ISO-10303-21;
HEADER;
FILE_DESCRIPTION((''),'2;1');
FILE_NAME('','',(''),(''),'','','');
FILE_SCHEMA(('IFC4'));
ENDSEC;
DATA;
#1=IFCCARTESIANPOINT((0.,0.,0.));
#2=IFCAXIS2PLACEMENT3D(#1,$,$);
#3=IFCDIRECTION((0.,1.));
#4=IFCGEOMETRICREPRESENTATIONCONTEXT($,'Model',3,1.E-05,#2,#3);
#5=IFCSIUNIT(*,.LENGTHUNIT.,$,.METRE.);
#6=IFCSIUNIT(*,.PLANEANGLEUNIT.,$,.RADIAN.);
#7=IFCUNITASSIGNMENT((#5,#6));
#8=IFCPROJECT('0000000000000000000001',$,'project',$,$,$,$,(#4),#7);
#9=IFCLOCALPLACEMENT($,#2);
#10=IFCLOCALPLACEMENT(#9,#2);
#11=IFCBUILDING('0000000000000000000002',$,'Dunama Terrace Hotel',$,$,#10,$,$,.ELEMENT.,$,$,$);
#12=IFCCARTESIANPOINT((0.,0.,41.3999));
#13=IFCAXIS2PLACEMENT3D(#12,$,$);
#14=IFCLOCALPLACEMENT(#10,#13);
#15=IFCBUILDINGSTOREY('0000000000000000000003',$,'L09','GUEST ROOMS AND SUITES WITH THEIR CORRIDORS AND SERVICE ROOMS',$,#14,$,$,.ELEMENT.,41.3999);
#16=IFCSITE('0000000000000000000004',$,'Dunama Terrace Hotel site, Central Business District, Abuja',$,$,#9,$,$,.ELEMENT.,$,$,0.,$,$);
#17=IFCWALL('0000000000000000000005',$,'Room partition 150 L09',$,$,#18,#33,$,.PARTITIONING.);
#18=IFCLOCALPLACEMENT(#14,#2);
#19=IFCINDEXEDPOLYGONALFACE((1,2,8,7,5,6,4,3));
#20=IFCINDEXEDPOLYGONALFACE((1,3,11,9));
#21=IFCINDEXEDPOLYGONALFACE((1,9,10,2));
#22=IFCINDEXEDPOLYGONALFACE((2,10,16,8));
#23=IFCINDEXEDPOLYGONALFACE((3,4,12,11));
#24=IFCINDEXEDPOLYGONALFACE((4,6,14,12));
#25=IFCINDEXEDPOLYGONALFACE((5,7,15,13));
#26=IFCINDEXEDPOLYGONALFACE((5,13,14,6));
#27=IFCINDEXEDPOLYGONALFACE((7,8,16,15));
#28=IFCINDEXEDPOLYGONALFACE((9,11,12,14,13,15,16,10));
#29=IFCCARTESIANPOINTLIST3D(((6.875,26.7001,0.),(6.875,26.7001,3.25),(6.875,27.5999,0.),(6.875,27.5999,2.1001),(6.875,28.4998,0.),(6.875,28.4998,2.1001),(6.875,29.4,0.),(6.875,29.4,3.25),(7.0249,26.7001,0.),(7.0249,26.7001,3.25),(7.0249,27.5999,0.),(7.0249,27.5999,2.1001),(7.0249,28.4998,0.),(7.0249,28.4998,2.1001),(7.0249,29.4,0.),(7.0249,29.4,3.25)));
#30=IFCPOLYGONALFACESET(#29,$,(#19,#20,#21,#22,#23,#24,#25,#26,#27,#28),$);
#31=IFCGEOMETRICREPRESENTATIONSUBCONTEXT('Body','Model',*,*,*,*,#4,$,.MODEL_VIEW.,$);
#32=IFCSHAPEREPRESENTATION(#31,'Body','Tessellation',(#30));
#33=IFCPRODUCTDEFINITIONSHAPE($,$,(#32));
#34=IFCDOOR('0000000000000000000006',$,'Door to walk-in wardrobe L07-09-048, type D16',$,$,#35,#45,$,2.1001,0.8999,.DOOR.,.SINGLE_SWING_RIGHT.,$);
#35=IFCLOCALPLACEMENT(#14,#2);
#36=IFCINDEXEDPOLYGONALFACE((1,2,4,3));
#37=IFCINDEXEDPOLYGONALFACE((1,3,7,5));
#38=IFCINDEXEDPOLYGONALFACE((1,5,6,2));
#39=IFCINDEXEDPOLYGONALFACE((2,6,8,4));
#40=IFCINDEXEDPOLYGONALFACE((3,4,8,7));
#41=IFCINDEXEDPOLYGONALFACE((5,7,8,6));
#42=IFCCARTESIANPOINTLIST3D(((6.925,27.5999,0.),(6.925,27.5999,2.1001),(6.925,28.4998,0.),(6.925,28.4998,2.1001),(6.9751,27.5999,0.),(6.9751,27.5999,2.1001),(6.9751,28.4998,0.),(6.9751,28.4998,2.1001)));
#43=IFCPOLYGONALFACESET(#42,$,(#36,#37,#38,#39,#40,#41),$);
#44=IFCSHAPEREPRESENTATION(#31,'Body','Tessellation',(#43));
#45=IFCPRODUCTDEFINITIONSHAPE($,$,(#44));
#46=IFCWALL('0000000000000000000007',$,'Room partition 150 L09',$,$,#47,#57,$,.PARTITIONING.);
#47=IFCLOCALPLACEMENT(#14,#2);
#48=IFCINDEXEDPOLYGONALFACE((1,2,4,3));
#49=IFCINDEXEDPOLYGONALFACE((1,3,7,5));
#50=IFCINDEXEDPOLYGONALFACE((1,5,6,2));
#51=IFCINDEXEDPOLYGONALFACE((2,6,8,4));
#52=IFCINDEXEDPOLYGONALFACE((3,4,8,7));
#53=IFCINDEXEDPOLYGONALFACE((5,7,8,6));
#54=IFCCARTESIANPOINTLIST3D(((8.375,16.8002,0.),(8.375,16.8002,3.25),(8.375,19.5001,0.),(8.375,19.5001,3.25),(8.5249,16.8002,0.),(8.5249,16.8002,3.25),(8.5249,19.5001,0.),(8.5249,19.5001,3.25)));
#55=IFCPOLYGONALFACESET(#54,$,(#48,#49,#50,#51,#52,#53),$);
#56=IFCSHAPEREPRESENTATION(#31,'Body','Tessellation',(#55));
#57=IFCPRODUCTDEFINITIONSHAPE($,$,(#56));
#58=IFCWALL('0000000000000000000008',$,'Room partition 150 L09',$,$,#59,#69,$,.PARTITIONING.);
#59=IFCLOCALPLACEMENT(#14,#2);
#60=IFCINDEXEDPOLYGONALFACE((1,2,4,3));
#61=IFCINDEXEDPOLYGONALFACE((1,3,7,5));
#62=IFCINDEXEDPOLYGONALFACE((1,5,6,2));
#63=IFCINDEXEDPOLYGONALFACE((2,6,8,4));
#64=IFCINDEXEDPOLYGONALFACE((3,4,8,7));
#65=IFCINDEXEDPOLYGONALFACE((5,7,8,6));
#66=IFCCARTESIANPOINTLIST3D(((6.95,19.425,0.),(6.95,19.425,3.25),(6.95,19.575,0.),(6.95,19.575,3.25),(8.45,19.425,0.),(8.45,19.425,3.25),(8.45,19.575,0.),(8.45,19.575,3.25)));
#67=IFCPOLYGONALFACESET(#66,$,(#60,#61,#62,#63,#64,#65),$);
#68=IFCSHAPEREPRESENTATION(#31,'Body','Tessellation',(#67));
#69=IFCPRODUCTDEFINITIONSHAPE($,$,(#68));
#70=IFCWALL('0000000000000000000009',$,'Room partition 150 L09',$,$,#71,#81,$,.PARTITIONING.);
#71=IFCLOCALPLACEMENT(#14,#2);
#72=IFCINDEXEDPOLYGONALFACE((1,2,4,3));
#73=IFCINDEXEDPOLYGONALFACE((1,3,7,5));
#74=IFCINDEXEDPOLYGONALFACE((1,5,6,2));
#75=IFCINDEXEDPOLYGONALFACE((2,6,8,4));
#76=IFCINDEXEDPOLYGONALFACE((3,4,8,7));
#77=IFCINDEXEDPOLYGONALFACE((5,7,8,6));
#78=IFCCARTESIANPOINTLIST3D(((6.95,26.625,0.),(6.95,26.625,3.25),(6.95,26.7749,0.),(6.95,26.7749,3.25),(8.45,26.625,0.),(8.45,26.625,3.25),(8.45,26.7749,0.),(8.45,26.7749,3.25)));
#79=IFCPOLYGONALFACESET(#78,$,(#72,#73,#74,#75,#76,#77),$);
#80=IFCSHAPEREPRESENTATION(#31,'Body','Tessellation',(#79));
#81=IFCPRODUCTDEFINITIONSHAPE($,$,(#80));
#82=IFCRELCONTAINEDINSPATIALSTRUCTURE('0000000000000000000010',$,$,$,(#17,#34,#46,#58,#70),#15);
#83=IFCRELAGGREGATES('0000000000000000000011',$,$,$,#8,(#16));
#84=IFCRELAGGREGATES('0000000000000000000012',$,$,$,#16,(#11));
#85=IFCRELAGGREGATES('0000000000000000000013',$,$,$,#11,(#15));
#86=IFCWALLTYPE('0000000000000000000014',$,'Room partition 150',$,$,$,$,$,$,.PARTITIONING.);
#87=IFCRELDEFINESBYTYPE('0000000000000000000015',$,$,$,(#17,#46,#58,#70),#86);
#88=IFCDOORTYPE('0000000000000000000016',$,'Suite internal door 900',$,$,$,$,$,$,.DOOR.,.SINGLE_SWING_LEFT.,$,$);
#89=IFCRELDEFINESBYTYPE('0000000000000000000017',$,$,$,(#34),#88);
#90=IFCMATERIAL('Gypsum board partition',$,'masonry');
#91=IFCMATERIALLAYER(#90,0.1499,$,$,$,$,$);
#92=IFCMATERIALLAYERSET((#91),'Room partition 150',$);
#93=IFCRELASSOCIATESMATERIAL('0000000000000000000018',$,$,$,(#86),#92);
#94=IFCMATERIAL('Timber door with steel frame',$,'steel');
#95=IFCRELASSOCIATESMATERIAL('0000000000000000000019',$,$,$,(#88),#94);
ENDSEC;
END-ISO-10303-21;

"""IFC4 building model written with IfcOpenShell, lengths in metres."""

from ifc_helpers import new_model, si_unit, direction, frame, frame_2d, origin, place, context, subcontext, project, spatial, rectangle, extrude, material, layer, layer_set, type_object, element, fill, save


model = new_model("IFC4")

# Units and contexts
model_context = context("Model", 3, precision=1e-05, world=origin(), true_north=direction((0.0, 1.0)))
body_context = subcontext(model_context, "Body", "Model", "MODEL_VIEW")
ifc_project = project(units=[si_unit("LENGTHUNIT", "METRE"), si_unit("PLANEANGLEUNIT", "RADIAN")], contexts=[model_context])

# Site, building, storey
site_placement = place(None, origin())
site = spatial("IfcSite", under=ifc_project, at=site_placement, Name="Dunama Terrace Hotel site, Central Business District, Abuja", CompositionType="ELEMENT", RefElevation=0.0)
building_placement = place(site_placement, origin())
building = spatial("IfcBuilding", under=site, at=building_placement, Name="Dunama Terrace Hotel", CompositionType="ELEMENT")
storey_placement = place(building_placement, frame((0.0, 0.0, 41.3999)))
storey = spatial("IfcBuildingStorey", under=building, at=storey_placement, Name="L09", Description="GUEST ROOMS AND SUITES WITH THEIR CORRIDORS AND SERVICE ROOMS", CompositionType="ELEMENT", Elevation=41.3999)

# Wall, opening, door
ifc_material_1 = material(Name="Gypsum board partition", Category="masonry")
ifc_layer_1 = layer(ifc_material_1, 0.1499)
ifc_layer_set_1 = layer_set([ifc_layer_1], Name="Room partition 150")
wall_type_1 = type_object("IfcWallType", Name="Room partition 150", PredefinedType="PARTITIONING", material=ifc_layer_set_1)
ifc_material_2 = material(Name="Timber door with steel frame", Category="steel")
door_type_1 = type_object("IfcDoorType", Name="Suite internal door 900", OperationType="SINGLE_SWING_LEFT", PredefinedType="DOOR", material=ifc_material_2)
wall_1_placement = place(storey_placement, frame((6.95, 26.7, 0.0), z_axis=(0.0, 0.0, 1.0), x_axis=(0.0, 1.0, 0.0)))
wall_1 = element("IfcWall", 1, at=wall_1_placement, inside=storey, type_object=wall_type_1, Name="Room partition 150 L09", PredefinedType="PARTITIONING", context=body_context, shape_type="SweptSolid", body=[
    extrude(rectangle(XDim=2.7, YDim=0.1499, at=frame_2d((1.3501, 0.0))), origin(), (0.0, 0.0, 1.0), 3.25),
])
opening_1_placement = place(wall_1_placement, frame((0.8999, 0.0, 0.0)))
opening_1 = element("IfcOpeningElement", 2, at=opening_1_placement, cuts=wall_1, PredefinedType="OPENING", context=body_context, shape_type="SweptSolid", body=[
    extrude(rectangle(XDim=0.8999, YDim=2.1001, at=frame_2d((0.45, 1.05))), frame((0.0, 0.085, 0.0), z_axis=(0.0, -1.0, 0.0), x_axis=(1.0, 0.0, 0.0)), (0.0, 0.0, 1.0), 0.1699),
])
door_1_placement = place(opening_1_placement, frame((0.8999, 0.0, 0.0), z_axis=(0.0, 0.0, 1.0), x_axis=(-1.0, 0.0, 0.0)))
door_1 = element("IfcDoor", 3, at=door_1_placement, inside=storey, type_object=door_type_1, Name="Door to walk-in wardrobe L07-09-048, type D16", OperationType="SINGLE_SWING_RIGHT", OverallHeight=2.1001, OverallWidth=0.8999, PredefinedType="DOOR", context=body_context, shape_type="SweptSolid", body=[
    extrude(rectangle(XDim=0.8999, YDim=2.1001, at=frame_2d((0.45, 1.05))), frame((0.0, 0.0251, 0.0), z_axis=(0.0, -1.0, 0.0), x_axis=(1.0, 0.0, 0.0)), (0.0, 0.0, 1.0), 0.05),
])
fill(opening_1, door_1)

# Walls
wall_2_placement = place(storey_placement, frame((8.45, 16.8, 0.0), z_axis=(0.0, 0.0, 1.0), x_axis=(0.0, 1.0, 0.0)))
element("IfcWall", 4, at=wall_2_placement, inside=storey, type_object=wall_type_1, Name="Room partition 150 L09", PredefinedType="PARTITIONING", context=body_context, shape_type="SweptSolid", body=[
    extrude(rectangle(XDim=2.7, YDim=0.1499, at=frame_2d((1.3501, 0.0))), origin(), (0.0, 0.0, 1.0), 3.25),
])
for number, where, z_axis, x_axis, name in (
    (5, (6.95, 19.5, 0.0), (0.0, 0.0, 1.0), (1.0, 0.0, 0.0), "Room partition 150 L09"),
    (6, (6.95, 26.7, 0.0), (0.0, 0.0, 1.0), (1.0, 0.0, 0.0), "Room partition 150 L09"),
):
    element("IfcWall", number, at=place(storey_placement, frame(where, z_axis=z_axis, x_axis=x_axis)), inside=storey, type_object=wall_type_1, Name=name, PredefinedType="PARTITIONING", context=body_context, shape_type="SweptSolid", body=[
        extrude(rectangle(XDim=1.5, YDim=0.1499, at=frame_2d((0.75, 0.0))), origin(), (0.0, 0.0, 1.0), 3.25),
    ])

save(model, "model.ifc")
